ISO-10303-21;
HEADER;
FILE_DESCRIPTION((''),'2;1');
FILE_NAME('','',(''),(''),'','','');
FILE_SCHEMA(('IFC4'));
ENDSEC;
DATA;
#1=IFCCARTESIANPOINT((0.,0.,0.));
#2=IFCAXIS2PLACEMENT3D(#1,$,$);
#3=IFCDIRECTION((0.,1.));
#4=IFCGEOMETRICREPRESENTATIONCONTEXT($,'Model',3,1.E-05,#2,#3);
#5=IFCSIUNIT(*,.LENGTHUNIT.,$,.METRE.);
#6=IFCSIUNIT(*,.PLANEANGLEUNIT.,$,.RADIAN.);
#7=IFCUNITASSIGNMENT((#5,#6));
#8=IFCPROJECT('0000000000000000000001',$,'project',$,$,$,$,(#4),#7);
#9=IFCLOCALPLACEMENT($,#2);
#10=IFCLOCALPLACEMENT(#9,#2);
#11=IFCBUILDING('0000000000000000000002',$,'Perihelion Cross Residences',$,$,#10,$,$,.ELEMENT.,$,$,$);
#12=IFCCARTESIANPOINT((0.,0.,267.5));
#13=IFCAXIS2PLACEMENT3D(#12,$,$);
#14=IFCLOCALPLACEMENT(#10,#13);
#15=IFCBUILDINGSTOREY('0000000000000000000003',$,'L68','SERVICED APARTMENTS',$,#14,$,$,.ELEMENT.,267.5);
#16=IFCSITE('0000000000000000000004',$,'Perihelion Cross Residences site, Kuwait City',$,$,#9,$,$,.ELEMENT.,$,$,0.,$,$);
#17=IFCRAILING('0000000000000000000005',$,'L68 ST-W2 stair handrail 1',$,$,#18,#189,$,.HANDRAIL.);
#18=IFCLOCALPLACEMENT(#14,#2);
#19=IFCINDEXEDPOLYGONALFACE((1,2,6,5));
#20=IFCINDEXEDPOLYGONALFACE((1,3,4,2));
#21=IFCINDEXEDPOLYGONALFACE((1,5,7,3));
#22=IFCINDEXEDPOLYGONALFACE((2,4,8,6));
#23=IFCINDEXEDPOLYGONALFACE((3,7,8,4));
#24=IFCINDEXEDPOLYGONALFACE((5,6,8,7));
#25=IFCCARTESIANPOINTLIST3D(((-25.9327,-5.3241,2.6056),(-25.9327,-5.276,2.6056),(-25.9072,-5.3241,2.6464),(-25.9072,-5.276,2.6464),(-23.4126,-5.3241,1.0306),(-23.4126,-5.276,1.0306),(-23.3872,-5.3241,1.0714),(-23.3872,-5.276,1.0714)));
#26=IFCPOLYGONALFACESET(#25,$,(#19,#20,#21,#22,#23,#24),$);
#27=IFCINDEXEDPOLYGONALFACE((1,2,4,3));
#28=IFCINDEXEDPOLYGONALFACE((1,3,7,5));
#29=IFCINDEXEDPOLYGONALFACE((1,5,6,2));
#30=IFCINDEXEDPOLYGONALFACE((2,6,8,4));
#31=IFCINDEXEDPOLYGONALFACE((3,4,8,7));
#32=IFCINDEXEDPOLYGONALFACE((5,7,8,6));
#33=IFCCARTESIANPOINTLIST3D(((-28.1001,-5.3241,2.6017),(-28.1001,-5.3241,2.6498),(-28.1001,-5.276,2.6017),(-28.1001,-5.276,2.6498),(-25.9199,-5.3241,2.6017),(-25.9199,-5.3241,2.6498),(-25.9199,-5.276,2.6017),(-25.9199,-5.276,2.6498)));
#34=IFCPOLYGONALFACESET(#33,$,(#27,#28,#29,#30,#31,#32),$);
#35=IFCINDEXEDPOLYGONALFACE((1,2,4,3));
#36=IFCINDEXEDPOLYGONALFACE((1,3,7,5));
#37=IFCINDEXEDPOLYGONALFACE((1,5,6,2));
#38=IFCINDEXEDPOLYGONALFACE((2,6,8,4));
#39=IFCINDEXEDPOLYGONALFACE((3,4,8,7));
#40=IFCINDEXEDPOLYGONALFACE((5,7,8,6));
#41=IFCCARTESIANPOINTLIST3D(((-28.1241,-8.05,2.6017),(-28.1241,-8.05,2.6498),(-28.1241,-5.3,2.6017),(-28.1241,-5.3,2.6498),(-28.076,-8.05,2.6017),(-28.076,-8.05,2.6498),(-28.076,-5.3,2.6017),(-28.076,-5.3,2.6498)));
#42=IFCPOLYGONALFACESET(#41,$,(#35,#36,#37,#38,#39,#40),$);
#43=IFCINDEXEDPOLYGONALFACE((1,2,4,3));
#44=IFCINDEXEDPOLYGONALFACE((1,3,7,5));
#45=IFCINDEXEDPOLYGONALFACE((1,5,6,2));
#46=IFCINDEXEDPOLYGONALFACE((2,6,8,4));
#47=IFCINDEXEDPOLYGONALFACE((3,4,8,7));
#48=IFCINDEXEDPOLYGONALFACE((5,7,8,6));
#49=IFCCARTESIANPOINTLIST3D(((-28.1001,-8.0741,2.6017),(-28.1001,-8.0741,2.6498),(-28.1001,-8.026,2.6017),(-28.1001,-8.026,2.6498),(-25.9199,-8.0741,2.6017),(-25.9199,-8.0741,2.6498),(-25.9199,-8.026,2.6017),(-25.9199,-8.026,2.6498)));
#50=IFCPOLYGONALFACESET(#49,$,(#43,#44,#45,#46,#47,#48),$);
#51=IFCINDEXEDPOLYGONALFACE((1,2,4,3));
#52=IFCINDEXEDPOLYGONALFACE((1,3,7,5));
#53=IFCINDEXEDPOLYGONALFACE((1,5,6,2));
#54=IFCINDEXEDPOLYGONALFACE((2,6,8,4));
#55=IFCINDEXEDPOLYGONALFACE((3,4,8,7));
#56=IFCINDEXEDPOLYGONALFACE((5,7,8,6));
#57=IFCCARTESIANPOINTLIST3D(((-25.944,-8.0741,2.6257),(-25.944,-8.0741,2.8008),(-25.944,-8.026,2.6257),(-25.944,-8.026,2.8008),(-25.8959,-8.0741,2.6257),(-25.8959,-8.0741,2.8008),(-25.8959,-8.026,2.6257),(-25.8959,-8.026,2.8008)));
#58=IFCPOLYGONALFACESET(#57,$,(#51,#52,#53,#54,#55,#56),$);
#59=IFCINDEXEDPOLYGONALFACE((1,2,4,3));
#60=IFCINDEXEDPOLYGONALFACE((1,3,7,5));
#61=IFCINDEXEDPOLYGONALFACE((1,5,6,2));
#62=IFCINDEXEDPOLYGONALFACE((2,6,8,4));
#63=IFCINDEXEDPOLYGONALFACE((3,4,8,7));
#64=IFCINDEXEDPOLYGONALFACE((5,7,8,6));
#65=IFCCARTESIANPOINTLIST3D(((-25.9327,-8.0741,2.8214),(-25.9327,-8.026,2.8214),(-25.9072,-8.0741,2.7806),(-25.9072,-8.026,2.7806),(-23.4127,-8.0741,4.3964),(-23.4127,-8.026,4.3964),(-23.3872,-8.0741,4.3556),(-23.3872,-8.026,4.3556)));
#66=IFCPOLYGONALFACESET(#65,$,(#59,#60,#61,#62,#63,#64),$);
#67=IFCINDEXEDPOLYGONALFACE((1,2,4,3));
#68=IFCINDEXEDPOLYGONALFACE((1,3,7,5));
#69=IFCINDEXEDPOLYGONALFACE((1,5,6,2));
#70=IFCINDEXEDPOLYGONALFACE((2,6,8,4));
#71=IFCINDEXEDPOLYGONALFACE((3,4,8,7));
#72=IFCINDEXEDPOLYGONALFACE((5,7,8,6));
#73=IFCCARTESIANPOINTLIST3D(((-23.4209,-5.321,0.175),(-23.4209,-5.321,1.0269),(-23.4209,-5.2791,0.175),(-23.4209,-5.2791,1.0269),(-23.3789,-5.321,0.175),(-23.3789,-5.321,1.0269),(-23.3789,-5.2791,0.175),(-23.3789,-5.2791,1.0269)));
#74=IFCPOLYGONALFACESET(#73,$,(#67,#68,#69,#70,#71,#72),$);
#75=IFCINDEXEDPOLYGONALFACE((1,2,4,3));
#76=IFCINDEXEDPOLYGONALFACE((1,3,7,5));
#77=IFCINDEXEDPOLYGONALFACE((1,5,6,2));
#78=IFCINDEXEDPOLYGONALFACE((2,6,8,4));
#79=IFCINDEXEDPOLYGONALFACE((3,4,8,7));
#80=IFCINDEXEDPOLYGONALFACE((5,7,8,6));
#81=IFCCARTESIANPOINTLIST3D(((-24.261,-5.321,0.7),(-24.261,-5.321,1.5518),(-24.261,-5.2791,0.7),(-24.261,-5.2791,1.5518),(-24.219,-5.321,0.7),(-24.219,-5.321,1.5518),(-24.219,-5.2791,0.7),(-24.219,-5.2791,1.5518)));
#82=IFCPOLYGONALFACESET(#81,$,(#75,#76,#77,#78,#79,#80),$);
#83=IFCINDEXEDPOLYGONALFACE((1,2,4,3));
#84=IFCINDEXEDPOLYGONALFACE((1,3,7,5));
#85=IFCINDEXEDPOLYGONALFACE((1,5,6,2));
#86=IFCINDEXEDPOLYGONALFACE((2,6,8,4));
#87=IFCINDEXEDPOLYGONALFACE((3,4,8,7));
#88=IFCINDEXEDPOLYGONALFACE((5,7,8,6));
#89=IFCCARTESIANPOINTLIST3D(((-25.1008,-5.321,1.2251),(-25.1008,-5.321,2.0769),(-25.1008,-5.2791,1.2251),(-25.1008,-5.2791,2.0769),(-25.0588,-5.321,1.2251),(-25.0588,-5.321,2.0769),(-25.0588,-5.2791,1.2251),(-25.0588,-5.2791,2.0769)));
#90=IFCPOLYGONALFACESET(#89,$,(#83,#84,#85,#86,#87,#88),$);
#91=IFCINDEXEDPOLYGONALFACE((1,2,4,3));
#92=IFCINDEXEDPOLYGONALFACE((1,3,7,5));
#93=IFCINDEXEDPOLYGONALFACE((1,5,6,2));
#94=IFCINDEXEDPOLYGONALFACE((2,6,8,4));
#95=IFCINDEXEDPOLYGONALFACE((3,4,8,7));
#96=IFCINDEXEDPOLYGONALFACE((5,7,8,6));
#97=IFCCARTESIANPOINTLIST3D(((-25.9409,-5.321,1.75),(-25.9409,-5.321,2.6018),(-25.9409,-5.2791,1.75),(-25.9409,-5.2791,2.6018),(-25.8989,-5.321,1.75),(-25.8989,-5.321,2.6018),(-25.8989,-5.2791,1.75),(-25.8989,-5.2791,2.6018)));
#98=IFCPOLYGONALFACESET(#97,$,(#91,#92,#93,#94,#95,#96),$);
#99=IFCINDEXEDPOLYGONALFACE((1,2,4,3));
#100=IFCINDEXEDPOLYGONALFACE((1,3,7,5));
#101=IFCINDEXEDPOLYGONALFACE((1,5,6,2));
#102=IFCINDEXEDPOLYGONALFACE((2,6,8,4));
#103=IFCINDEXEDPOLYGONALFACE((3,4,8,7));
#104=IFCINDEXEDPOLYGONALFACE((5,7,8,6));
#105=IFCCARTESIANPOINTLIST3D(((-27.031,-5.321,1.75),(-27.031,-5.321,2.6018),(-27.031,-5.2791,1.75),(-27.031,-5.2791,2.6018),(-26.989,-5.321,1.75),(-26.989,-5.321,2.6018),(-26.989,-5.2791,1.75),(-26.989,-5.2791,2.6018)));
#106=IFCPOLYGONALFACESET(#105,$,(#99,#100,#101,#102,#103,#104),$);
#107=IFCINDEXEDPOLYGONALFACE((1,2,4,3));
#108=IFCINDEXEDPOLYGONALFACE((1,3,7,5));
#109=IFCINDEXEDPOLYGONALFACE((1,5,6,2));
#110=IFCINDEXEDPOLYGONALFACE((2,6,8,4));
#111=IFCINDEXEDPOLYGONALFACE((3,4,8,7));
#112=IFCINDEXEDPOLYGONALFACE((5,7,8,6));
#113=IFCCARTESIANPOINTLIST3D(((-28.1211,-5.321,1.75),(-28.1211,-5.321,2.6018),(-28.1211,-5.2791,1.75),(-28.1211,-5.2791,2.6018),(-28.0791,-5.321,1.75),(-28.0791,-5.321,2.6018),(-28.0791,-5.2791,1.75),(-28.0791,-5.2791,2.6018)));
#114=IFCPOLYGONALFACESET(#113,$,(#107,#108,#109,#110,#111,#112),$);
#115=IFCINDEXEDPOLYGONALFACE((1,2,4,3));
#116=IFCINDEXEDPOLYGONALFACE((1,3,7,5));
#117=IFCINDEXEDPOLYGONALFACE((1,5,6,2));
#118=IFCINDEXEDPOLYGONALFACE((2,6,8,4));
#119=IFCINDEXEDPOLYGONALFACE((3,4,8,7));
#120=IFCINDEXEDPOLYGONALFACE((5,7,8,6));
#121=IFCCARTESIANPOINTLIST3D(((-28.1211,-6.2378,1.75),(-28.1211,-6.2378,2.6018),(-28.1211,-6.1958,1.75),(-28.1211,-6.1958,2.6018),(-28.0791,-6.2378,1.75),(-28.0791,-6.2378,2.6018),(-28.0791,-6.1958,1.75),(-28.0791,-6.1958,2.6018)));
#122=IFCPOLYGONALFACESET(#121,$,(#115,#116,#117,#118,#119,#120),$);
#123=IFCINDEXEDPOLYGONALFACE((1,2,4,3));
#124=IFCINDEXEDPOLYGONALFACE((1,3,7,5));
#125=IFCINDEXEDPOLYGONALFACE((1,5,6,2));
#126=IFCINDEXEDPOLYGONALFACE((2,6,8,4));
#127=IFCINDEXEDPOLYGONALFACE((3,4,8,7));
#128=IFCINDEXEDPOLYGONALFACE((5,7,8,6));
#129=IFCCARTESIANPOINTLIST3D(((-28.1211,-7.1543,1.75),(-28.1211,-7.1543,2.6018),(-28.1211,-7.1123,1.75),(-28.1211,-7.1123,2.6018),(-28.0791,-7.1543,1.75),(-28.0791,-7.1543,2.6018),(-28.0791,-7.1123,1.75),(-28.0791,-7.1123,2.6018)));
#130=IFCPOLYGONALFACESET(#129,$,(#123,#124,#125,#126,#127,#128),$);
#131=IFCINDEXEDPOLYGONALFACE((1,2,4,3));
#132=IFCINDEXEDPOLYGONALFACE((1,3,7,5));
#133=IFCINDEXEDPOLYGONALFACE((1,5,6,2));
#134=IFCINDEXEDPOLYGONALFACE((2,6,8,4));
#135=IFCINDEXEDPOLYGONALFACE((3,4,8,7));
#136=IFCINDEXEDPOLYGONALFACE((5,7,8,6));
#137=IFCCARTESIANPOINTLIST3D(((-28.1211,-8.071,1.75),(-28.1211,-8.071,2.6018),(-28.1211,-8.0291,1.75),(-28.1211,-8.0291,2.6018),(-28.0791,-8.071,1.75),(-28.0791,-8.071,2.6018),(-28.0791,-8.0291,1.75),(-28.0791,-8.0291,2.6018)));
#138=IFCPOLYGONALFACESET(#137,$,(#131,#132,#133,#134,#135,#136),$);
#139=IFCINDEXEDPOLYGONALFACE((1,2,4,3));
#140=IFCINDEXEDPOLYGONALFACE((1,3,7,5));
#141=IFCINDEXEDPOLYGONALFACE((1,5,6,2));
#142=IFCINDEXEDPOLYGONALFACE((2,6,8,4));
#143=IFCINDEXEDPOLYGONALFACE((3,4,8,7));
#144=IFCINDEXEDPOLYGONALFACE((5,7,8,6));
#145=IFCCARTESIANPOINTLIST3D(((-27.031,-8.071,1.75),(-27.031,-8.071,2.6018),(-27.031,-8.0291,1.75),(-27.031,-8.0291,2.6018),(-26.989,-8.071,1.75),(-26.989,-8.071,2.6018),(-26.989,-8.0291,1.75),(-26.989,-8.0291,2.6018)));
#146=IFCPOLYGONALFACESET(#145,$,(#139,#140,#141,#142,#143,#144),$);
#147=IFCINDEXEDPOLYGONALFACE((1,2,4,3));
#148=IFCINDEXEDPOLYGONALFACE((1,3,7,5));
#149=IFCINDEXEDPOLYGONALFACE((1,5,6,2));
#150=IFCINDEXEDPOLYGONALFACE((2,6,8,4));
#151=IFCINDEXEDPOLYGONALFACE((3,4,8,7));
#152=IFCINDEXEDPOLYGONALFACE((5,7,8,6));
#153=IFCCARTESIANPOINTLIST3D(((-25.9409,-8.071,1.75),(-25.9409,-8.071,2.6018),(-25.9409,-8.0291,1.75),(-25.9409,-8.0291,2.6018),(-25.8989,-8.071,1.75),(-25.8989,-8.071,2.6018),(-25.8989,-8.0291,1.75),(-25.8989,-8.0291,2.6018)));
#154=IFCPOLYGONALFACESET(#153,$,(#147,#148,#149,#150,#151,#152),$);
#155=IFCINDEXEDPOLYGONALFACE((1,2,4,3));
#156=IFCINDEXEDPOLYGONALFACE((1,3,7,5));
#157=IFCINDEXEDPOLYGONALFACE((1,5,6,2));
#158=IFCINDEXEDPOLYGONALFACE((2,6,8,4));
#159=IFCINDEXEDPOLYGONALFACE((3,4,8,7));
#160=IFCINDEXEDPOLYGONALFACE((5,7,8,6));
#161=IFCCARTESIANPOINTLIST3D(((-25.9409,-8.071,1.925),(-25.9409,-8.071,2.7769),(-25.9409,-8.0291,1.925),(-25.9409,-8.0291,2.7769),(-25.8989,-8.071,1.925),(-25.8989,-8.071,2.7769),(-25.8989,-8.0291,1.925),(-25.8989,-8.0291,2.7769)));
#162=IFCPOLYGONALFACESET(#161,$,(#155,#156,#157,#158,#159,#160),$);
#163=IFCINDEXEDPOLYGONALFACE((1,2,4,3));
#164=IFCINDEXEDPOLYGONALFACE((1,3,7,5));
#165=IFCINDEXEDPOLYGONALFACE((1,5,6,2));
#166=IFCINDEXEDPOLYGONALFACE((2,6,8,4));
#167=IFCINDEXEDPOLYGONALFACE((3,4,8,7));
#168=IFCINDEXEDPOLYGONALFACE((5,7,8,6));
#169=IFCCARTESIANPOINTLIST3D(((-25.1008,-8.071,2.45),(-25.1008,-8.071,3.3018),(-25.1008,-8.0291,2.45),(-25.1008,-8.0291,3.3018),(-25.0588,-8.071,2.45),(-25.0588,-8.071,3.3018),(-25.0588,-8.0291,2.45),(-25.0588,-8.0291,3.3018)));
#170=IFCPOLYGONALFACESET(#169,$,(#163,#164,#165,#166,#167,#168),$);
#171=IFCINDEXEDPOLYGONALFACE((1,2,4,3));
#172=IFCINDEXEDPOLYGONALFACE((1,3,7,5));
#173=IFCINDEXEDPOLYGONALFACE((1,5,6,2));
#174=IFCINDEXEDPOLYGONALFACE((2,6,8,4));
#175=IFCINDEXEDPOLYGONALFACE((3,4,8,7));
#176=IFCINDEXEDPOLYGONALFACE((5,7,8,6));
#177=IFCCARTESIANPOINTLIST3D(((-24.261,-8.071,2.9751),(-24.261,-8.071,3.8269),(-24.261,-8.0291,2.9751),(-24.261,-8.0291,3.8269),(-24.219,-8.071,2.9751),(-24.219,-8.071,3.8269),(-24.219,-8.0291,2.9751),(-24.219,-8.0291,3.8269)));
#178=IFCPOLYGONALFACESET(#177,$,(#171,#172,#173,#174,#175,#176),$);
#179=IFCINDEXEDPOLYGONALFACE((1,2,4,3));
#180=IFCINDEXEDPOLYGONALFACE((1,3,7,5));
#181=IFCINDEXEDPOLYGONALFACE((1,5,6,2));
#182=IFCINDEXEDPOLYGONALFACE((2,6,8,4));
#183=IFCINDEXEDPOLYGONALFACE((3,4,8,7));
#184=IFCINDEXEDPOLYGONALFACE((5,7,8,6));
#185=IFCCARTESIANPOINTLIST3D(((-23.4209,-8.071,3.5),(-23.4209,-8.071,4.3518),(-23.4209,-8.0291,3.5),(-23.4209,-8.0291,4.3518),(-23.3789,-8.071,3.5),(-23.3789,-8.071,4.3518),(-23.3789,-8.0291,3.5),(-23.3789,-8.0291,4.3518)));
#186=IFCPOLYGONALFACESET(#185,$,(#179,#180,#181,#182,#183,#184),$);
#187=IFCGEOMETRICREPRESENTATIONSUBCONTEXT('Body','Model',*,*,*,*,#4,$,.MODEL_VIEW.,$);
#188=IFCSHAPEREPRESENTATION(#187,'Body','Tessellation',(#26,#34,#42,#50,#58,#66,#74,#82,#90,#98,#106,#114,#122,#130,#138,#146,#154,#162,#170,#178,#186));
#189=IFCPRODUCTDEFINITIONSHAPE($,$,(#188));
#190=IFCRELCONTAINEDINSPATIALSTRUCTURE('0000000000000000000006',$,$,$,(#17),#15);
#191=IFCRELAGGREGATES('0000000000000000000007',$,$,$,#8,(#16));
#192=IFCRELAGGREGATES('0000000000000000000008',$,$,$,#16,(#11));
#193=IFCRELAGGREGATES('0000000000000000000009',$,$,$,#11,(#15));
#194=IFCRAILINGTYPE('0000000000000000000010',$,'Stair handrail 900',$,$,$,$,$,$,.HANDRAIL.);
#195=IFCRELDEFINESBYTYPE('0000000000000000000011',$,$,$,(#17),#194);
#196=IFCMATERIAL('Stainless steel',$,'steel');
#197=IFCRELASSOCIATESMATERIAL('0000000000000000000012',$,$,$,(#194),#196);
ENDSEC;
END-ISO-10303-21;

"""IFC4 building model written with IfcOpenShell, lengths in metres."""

from ifc_helpers import new_model, si_unit, direction, frame, origin, origin_2d, place, context, subcontext, project, spatial, rectangle, extrude, material, type_object, element, save


model = new_model("IFC4")

# Units and contexts
model_context = context("Model", 3, precision=1e-05, world=origin(), true_north=direction((0.0, 1.0)))
body_context = subcontext(model_context, "Body", "Model", "MODEL_VIEW")
ifc_project = project(units=[si_unit("LENGTHUNIT", "METRE"), si_unit("PLANEANGLEUNIT", "RADIAN")], contexts=[model_context])

# Site, building, storey
site_placement = place(None, origin())
site = spatial("IfcSite", under=ifc_project, at=site_placement, Name="Perihelion Cross Residences site, Kuwait City", CompositionType="ELEMENT", RefElevation=0.0)
building_placement = place(site_placement, origin())
building = spatial("IfcBuilding", under=site, at=building_placement, Name="Perihelion Cross Residences", CompositionType="ELEMENT")
storey_placement = place(building_placement, frame((0.0, 0.0, 267.5)))
storey = spatial("IfcBuildingStorey", under=building, at=storey_placement, Name="L68", Description="SERVICED APARTMENTS", CompositionType="ELEMENT", Elevation=267.5)

# Railing
ifc_material_1 = material(Name="Stainless steel", Category="steel")
railing_type_1 = type_object("IfcRailingType", Name="Stair handrail 900", PredefinedType="HANDRAIL", material=ifc_material_1)
railing_1_placement = place(storey_placement, frame((-23.3999, -5.3, 0.175)))
element("IfcRailing", 1, at=railing_1_placement, inside=storey, type_object=railing_type_1, Name="L68 ST-W2 stair handrail 1", PredefinedType="HANDRAIL", context=body_context, shape_type="SweptSolid", body=[
    extrude(rectangle(XDim=0.0481, YDim=0.0481, at=origin_2d()), frame((0.0, 0.0, 0.876), z_axis=(-0.848008, 0.0, 0.529984), x_axis=(0.0, -1.0, 0.0)), (0.0, 0.0, 1.0), 2.9717),
    extrude(rectangle(XDim=0.0481, YDim=0.0481, at=origin_2d()), frame((-2.52, 0.0, 2.4507), z_axis=(-1.0, 0.0, 0.0), x_axis=(0.0, -1.0, 0.0)), (0.0, 0.0, 1.0), 2.1802),
    extrude(rectangle(XDim=0.0481, YDim=0.0481, at=origin_2d()), frame((-4.7002, 0.0, 2.4507), z_axis=(0.0, -1.0, 0.0), x_axis=(1.0, 0.0, 0.0)), (0.0, 0.0, 1.0), 2.75),
    extrude(rectangle(XDim=0.0481, YDim=0.0481, at=origin_2d()), frame((-4.7002, -2.75, 2.4507), z_axis=(1.0, 0.0, 0.0), x_axis=(0.0, 1.0, 0.0)), (0.0, 0.0, 1.0), 2.1802),
    extrude(rectangle(XDim=0.0481, YDim=0.0481, at=origin_2d()), frame((-2.52, -2.75, 2.4507), z_axis=(0.0, 0.0, 1.0), x_axis=(1.0, 0.0, 0.0)), (0.0, 0.0, 1.0), 0.175),
    extrude(rectangle(XDim=0.0481, YDim=0.0481, at=origin_2d()), frame((-2.52, -2.75, 2.626), z_axis=(0.848008, 0.0, 0.529984), x_axis=(0.0, 1.0, 0.0)), (0.0, 0.0, 1.0), 2.9717),
    extrude(rectangle(XDim=0.042, YDim=0.042, at=origin_2d()), origin(), (0.0, 0.0, 1.0), 0.8518),
    extrude(rectangle(XDim=0.042, YDim=0.042, at=origin_2d()), frame((-0.8401, 0.0, 0.5249)), (0.0, 0.0, 1.0), 0.8518),
    extrude(rectangle(XDim=0.042, YDim=0.042, at=origin_2d()), frame((-1.6799, 0.0, 1.05)), (0.0, 0.0, 1.0), 0.8518),
    extrude(rectangle(XDim=0.042, YDim=0.042, at=origin_2d()), frame((-2.52, 0.0, 1.575)), (0.0, 0.0, 1.0), 0.8518),
    extrude(rectangle(XDim=0.042, YDim=0.042, at=origin_2d()), frame((-3.6101, 0.0, 1.575)), (0.0, 0.0, 1.0), 0.8518),
    extrude(rectangle(XDim=0.042, YDim=0.042, at=origin_2d()), frame((-4.7002, 0.0, 1.575)), (0.0, 0.0, 1.0), 0.8518),
    extrude(rectangle(XDim=0.042, YDim=0.042, at=origin_2d()), frame((-4.7002, -0.9167, 1.575)), (0.0, 0.0, 1.0), 0.8518),
    extrude(rectangle(XDim=0.042, YDim=0.042, at=origin_2d()), frame((-4.7002, -1.8333, 1.575)), (0.0, 0.0, 1.0), 0.8518),
    extrude(rectangle(XDim=0.042, YDim=0.042, at=origin_2d()), frame((-4.7002, -2.75, 1.575)), (0.0, 0.0, 1.0), 0.8518),
    extrude(rectangle(XDim=0.042, YDim=0.042, at=origin_2d()), frame((-3.6101, -2.75, 1.575)), (0.0, 0.0, 1.0), 0.8518),
    extrude(rectangle(XDim=0.042, YDim=0.042, at=origin_2d()), frame((-2.52, -2.75, 1.575)), (0.0, 0.0, 1.0), 0.8518),
    extrude(rectangle(XDim=0.042, YDim=0.042, at=origin_2d()), frame((-2.52, -2.75, 1.75)), (0.0, 0.0, 1.0), 0.8518),
    extrude(rectangle(XDim=0.042, YDim=0.042, at=origin_2d()), frame((-1.6799, -2.75, 2.2749)), (0.0, 0.0, 1.0), 0.8518),
    extrude(rectangle(XDim=0.042, YDim=0.042, at=origin_2d()), frame((-0.8401, -2.75, 2.8)), (0.0, 0.0, 1.0), 0.8518),
    extrude(rectangle(XDim=0.042, YDim=0.042, at=origin_2d()), frame((0.0, -2.75, 3.325)), (0.0, 0.0, 1.0), 0.8518),
])

save(model, "model.ifc")
